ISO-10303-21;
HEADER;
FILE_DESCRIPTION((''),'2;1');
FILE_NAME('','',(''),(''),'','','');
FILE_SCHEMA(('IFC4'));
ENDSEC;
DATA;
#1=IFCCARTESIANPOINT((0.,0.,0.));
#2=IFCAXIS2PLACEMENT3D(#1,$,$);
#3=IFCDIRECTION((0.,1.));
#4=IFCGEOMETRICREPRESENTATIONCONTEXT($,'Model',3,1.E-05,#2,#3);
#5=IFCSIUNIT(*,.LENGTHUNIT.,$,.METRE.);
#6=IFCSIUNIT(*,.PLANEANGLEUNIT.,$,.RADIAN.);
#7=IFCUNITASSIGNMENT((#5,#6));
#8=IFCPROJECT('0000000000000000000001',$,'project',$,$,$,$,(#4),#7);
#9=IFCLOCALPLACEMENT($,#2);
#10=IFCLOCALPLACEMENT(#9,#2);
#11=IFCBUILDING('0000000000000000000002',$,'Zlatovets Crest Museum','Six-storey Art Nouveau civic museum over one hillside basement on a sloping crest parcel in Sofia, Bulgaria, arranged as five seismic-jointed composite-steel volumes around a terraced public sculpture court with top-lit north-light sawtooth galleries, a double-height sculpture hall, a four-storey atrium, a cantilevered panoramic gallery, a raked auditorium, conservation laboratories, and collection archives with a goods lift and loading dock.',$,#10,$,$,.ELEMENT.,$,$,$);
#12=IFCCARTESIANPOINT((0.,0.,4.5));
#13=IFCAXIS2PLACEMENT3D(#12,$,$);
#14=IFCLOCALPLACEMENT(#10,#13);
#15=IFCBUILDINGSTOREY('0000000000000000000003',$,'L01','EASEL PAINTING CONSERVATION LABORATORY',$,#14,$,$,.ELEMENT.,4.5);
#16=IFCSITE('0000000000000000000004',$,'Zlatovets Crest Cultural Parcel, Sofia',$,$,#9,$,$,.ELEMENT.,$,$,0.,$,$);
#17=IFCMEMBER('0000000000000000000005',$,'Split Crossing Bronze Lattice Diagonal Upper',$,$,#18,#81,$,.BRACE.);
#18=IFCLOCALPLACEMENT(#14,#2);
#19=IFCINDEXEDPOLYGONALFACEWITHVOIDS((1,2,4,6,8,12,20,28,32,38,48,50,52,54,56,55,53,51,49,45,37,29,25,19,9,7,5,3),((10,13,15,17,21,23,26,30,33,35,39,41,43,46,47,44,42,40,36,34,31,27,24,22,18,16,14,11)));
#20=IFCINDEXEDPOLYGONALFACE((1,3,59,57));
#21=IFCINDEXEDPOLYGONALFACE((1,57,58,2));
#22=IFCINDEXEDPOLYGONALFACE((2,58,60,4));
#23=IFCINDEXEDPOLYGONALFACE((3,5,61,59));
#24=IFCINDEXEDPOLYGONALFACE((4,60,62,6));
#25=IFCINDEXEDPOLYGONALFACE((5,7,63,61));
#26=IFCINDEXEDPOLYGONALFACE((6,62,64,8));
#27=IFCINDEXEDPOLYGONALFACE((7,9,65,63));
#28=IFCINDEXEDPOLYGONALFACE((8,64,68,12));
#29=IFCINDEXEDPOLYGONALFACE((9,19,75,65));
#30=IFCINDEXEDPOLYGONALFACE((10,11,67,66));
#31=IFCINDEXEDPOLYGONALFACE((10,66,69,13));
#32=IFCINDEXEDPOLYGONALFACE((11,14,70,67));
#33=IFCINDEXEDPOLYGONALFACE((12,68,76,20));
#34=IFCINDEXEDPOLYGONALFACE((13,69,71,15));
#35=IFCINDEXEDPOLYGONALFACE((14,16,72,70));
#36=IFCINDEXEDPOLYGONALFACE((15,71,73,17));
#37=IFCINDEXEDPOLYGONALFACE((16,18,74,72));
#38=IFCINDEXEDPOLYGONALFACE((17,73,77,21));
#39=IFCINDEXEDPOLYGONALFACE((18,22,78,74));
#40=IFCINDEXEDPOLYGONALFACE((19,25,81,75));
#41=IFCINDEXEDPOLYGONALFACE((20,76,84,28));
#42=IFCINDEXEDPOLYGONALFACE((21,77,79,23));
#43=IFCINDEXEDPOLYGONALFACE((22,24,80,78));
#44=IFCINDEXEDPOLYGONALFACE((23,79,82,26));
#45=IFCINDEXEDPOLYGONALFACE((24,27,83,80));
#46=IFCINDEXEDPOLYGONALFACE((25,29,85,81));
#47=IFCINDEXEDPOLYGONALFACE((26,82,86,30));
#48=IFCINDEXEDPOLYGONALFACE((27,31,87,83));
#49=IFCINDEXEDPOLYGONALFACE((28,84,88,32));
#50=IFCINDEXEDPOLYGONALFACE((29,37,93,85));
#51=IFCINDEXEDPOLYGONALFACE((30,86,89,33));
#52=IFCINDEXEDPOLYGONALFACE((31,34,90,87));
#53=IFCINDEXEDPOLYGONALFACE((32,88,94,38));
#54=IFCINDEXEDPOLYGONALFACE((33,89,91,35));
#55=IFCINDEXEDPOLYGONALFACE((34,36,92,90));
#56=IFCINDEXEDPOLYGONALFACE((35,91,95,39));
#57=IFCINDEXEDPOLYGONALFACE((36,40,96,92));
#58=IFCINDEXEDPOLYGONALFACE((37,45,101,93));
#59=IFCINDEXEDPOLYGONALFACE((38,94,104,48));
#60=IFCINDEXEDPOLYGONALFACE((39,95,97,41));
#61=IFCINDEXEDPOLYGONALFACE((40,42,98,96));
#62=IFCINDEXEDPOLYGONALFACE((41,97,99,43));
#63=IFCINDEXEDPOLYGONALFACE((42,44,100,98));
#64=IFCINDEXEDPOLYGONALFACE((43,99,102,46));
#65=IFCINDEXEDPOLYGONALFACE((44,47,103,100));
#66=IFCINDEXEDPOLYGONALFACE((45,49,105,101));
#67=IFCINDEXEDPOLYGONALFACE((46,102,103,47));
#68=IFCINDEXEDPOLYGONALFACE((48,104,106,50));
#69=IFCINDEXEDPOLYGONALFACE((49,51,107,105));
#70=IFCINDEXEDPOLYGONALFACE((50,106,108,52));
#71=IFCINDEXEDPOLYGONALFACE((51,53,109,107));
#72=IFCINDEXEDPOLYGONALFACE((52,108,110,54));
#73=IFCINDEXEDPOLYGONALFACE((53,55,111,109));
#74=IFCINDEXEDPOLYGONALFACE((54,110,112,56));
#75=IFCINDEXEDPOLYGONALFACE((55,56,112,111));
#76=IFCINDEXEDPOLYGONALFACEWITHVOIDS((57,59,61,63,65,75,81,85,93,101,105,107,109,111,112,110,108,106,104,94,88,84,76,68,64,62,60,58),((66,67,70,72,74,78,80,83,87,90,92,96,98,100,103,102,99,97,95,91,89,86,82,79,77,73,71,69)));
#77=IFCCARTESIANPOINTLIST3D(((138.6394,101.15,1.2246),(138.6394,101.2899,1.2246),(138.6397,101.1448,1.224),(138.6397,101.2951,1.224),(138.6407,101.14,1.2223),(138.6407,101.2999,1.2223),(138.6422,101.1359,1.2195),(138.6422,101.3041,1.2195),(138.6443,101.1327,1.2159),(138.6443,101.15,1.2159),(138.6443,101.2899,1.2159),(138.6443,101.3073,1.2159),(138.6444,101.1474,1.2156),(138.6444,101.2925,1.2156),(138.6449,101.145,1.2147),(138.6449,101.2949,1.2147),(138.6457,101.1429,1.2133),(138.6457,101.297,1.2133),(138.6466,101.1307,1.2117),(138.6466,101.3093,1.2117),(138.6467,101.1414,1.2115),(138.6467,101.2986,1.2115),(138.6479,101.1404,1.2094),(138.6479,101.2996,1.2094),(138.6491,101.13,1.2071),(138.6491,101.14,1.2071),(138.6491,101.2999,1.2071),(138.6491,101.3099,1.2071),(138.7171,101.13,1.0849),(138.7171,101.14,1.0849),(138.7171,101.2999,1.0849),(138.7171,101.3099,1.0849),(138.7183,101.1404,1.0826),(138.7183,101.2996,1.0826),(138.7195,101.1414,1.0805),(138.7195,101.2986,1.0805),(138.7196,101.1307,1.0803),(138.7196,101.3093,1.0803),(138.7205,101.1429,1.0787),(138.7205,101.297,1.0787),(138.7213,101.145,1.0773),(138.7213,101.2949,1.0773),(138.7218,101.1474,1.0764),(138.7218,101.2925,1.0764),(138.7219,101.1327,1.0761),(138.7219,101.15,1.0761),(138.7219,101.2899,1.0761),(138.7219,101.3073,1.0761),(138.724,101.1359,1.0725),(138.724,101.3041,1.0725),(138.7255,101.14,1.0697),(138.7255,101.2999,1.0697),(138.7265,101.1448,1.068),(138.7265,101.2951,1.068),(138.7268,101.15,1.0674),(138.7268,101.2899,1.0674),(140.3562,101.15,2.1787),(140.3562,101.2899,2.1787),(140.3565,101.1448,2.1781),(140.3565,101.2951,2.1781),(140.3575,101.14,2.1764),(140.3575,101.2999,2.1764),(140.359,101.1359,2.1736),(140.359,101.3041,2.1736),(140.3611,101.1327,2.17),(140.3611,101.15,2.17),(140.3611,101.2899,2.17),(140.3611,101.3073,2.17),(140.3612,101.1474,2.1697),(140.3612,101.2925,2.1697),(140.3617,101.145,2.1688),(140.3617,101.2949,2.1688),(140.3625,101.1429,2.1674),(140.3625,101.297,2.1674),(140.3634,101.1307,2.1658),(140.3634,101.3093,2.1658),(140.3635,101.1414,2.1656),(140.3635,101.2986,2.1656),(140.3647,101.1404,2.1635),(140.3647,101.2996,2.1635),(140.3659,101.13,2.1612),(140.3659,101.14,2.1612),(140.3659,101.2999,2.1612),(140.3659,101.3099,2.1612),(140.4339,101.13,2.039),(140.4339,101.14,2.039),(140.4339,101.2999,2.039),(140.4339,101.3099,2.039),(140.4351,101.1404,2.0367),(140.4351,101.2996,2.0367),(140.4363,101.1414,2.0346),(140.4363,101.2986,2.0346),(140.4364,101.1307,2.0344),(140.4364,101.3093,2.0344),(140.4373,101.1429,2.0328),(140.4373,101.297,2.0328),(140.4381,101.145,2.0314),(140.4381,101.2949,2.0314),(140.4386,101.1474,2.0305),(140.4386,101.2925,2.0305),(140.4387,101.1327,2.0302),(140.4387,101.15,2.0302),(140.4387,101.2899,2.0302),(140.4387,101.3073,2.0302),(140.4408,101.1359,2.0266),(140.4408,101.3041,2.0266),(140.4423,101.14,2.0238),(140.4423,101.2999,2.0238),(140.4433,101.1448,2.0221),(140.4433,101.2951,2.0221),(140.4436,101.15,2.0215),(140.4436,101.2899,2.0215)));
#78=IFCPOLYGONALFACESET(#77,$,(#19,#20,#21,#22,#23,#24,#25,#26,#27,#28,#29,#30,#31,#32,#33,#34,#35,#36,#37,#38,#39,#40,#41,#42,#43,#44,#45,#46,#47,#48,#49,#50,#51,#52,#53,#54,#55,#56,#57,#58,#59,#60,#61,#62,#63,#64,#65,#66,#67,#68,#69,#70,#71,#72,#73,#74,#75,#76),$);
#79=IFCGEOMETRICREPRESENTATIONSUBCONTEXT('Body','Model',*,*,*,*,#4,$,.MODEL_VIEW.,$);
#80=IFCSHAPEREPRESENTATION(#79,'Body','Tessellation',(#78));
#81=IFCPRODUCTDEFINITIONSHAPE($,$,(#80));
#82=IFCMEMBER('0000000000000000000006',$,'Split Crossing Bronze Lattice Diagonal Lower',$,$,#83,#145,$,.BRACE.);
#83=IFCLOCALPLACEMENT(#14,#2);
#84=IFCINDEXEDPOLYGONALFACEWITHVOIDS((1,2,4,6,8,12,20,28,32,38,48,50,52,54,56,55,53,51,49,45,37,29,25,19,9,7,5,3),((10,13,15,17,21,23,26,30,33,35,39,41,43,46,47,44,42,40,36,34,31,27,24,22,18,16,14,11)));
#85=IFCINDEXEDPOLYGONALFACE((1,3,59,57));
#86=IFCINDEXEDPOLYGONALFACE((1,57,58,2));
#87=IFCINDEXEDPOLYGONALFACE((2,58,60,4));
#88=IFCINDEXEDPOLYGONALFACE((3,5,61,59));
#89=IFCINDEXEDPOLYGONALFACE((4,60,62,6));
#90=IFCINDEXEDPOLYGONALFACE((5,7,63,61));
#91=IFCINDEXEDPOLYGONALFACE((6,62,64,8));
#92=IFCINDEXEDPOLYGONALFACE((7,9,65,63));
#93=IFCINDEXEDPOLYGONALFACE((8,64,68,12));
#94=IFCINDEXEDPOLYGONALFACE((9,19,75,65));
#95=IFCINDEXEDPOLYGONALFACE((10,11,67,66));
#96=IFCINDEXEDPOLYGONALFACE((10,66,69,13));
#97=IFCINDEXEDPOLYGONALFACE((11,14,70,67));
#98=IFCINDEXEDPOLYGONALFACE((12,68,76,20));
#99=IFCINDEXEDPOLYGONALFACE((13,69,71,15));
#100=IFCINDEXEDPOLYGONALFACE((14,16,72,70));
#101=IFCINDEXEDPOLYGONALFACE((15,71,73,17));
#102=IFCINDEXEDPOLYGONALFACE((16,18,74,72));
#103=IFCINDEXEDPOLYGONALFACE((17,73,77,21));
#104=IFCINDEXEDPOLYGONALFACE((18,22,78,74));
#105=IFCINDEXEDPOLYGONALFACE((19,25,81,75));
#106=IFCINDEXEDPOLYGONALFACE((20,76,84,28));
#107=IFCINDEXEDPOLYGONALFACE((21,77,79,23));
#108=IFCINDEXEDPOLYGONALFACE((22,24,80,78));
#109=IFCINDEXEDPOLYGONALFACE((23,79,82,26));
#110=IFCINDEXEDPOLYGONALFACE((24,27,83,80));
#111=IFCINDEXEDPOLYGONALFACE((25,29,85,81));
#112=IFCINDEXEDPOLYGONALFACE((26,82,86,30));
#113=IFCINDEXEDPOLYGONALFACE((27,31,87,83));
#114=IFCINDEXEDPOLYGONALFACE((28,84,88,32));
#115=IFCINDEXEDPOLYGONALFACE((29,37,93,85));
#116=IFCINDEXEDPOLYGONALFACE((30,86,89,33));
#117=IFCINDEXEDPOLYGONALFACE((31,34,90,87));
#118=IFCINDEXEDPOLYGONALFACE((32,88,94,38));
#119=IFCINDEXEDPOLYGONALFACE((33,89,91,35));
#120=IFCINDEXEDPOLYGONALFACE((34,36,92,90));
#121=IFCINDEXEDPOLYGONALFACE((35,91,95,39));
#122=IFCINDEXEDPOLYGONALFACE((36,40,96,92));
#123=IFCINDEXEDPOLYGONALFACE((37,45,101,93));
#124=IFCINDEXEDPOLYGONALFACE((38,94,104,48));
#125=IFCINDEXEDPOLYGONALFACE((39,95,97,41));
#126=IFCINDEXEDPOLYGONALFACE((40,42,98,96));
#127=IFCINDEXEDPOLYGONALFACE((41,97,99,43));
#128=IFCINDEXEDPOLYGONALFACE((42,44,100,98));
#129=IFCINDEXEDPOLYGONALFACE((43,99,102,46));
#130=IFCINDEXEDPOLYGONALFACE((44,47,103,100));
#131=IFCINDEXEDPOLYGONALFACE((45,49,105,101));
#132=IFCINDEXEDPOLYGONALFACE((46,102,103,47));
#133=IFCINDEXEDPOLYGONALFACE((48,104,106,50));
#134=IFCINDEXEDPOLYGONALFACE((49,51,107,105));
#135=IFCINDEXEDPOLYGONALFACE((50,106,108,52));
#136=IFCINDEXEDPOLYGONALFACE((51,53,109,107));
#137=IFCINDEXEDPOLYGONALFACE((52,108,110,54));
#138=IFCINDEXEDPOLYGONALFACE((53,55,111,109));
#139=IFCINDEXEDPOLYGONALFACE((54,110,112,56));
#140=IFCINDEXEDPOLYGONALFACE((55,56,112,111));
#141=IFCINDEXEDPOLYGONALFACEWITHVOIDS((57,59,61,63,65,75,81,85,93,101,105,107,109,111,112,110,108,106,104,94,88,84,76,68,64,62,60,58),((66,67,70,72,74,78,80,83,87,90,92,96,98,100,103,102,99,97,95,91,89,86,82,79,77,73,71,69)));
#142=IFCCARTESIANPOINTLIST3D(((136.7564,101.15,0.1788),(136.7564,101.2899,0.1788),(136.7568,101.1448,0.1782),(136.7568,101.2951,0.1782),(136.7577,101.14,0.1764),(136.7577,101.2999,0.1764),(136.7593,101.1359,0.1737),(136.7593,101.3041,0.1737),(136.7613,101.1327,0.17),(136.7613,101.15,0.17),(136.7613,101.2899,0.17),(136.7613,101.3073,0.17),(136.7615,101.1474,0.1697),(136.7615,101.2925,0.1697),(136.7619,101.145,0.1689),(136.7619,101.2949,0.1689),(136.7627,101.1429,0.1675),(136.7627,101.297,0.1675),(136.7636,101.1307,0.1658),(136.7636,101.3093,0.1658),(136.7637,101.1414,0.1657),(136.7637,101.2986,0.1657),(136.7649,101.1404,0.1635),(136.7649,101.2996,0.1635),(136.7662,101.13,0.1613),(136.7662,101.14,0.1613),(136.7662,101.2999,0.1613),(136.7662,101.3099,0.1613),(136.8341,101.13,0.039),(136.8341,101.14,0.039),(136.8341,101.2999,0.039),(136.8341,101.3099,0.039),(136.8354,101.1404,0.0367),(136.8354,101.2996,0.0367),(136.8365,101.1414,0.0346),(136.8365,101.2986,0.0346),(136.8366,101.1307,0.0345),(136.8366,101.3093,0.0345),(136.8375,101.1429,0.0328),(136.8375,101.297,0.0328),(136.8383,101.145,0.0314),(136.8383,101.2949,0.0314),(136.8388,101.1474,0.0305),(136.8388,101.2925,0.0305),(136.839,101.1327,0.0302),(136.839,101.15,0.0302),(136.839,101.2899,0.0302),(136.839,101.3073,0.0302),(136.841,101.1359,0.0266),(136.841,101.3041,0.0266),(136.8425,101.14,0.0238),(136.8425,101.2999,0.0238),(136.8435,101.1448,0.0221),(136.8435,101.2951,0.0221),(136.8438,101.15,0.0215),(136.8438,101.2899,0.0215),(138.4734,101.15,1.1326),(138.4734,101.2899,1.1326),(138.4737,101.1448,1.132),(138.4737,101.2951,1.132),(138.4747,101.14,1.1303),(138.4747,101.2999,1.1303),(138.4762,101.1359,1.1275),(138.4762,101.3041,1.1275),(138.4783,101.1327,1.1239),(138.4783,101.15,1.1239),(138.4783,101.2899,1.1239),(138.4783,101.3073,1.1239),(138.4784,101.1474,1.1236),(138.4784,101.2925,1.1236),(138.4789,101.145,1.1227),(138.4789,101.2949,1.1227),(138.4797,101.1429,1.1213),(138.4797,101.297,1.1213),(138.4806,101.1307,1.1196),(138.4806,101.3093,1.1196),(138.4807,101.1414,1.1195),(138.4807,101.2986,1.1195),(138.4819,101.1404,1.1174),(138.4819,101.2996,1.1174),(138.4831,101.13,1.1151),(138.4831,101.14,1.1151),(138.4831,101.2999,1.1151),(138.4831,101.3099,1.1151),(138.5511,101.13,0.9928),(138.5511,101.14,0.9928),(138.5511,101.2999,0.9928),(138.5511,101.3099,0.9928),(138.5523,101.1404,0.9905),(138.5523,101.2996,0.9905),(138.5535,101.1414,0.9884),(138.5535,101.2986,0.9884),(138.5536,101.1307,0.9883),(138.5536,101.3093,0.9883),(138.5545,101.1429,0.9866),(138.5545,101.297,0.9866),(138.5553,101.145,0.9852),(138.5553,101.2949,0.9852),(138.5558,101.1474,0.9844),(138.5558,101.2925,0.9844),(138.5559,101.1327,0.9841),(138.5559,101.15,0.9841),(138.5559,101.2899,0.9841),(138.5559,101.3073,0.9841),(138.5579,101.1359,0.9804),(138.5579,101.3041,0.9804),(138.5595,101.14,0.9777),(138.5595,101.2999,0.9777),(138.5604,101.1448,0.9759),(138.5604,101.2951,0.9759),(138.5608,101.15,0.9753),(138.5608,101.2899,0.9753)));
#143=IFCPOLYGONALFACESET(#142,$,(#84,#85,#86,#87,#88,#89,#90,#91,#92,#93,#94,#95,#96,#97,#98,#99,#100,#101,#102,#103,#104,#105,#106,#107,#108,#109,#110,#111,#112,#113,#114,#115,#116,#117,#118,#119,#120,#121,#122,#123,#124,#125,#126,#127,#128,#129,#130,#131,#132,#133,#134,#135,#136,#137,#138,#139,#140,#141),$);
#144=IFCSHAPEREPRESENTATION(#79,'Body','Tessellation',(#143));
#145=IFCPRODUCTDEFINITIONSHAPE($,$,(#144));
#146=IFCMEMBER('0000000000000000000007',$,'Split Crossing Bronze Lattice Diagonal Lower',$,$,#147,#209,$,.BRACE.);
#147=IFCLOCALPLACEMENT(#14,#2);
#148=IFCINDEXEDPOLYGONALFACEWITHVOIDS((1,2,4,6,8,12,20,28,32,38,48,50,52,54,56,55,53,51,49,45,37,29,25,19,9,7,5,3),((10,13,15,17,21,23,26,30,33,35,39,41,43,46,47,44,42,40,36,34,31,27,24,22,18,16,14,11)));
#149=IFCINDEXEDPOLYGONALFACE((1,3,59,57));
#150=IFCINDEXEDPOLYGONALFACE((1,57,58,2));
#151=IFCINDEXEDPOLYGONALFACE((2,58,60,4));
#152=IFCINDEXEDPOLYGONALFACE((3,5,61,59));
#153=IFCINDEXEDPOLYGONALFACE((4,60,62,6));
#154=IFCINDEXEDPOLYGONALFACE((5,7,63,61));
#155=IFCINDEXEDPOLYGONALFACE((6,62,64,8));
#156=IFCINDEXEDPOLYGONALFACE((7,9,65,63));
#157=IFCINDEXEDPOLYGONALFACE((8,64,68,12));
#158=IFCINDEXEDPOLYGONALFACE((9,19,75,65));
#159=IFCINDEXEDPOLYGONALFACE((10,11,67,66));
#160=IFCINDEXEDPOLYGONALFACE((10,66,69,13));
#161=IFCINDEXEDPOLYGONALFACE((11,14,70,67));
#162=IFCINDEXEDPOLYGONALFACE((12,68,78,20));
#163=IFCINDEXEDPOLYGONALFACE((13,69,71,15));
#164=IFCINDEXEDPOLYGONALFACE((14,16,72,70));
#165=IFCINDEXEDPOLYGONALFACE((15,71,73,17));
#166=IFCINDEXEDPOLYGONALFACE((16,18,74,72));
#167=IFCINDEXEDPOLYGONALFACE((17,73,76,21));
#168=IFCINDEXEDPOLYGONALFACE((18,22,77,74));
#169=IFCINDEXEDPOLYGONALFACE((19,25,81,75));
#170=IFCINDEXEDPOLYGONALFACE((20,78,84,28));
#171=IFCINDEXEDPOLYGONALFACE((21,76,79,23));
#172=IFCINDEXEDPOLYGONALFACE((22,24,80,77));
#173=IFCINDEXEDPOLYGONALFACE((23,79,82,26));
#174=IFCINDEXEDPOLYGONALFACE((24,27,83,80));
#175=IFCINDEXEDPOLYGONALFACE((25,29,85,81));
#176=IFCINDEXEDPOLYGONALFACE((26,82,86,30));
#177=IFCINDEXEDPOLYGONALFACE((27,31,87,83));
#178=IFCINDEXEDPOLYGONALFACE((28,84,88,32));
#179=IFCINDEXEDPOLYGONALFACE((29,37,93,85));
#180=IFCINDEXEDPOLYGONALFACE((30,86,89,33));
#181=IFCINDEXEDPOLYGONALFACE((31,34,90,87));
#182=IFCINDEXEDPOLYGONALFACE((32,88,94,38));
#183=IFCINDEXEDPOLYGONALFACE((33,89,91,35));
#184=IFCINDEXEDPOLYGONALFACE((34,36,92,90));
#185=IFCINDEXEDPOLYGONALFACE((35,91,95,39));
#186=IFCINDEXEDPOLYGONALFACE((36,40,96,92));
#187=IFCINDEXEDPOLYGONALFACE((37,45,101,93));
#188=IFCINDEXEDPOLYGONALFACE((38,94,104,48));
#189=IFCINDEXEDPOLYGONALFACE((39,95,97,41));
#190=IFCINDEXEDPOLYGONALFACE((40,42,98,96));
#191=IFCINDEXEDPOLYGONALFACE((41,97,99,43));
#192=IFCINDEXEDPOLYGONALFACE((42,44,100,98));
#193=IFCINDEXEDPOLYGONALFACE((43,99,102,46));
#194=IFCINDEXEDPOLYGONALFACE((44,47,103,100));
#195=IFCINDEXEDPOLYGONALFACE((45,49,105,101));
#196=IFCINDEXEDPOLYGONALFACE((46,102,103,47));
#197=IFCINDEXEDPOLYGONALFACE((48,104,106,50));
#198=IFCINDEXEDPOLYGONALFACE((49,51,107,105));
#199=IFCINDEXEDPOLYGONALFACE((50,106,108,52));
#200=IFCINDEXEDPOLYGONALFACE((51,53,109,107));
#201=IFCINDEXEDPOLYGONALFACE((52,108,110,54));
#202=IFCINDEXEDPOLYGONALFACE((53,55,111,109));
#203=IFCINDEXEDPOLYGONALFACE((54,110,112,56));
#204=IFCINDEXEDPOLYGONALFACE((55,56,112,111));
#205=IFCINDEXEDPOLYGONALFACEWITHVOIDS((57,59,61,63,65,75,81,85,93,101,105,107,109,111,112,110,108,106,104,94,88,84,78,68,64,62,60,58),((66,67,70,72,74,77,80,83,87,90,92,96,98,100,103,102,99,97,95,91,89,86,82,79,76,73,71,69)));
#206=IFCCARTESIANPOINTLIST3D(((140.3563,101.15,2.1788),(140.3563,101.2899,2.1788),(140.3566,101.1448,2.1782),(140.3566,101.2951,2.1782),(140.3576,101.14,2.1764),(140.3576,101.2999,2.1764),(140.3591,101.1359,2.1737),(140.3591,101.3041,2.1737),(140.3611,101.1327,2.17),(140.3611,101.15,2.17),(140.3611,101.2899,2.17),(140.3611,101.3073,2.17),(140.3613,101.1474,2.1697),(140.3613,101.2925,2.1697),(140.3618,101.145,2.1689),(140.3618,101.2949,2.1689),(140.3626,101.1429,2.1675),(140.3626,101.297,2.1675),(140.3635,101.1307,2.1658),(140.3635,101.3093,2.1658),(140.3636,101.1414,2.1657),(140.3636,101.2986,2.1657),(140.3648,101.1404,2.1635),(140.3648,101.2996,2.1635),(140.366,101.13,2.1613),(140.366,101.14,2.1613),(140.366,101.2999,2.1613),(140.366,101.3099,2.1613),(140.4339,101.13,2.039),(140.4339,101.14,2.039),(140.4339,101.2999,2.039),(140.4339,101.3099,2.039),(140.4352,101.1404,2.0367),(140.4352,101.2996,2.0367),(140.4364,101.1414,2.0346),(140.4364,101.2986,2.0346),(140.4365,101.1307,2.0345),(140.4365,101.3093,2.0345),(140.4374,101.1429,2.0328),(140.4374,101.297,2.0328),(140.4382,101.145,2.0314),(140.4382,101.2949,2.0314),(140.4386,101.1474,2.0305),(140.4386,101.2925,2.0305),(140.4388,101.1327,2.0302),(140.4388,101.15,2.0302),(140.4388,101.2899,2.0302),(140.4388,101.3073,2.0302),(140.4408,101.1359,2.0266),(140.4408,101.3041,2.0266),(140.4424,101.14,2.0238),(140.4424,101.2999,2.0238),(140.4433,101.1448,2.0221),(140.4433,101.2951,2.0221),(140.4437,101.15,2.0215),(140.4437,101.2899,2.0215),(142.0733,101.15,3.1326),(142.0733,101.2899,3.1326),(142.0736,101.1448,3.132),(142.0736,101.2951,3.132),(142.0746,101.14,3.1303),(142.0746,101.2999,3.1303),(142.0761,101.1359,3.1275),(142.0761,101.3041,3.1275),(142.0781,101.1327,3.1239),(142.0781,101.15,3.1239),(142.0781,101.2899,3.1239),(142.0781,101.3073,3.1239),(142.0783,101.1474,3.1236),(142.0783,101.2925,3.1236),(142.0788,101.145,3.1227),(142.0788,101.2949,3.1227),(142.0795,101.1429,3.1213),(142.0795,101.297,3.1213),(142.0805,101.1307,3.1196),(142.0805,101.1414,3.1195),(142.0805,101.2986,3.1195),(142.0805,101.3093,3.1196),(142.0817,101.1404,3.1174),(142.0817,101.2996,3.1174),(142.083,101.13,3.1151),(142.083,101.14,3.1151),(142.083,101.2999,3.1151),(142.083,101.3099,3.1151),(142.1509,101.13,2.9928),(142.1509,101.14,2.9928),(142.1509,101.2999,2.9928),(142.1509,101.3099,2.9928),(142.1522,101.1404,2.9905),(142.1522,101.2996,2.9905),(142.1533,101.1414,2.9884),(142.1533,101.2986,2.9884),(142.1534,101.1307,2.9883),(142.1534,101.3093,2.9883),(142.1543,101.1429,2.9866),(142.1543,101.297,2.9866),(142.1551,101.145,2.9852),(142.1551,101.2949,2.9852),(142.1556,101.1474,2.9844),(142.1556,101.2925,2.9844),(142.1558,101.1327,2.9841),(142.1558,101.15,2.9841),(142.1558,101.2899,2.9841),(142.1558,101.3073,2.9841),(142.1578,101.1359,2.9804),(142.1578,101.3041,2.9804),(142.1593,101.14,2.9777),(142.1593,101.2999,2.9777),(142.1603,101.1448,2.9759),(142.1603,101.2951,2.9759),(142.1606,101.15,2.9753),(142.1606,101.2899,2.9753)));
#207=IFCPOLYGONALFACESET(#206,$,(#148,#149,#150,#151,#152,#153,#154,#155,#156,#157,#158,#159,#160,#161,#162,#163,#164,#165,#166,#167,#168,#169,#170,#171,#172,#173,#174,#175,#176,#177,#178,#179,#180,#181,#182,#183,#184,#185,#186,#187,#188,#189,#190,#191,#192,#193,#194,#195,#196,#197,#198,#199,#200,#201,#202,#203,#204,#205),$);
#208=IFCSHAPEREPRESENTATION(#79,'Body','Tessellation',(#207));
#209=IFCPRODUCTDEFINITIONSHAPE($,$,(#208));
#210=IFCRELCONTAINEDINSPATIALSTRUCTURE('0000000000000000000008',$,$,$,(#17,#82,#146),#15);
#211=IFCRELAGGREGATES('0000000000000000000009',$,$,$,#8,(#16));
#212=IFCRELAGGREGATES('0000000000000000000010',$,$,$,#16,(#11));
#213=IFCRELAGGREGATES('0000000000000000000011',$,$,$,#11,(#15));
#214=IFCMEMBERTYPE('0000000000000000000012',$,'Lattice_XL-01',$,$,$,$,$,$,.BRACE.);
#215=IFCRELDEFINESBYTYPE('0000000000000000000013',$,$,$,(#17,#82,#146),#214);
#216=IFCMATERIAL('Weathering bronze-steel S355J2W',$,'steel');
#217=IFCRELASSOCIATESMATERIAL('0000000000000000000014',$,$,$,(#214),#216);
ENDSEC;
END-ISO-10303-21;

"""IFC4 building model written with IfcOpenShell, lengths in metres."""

from ifc_helpers import new_model, si_unit, direction, frame, origin, origin_2d, place, context, subcontext, project, spatial, hollow_rectangle, extrude, material, material_profile, profile_set, type_object, element, save


model = new_model("IFC4")

# Units and contexts
model_context = context("Model", 3, precision=1e-05, world=origin(), true_north=direction((0.0, 1.0)))
body_context = subcontext(model_context, "Body", "Model", "MODEL_VIEW")
ifc_project = project(units=[si_unit("LENGTHUNIT", "METRE"), si_unit("PLANEANGLEUNIT", "RADIAN")], contexts=[model_context])

# Site, building, storey
site_placement = place(None, origin())
site = spatial("IfcSite", under=ifc_project, at=site_placement, Name="Zlatovets Crest Cultural Parcel, Sofia", CompositionType="ELEMENT", RefElevation=0.0)
building_placement = place(site_placement, origin())
building = spatial("IfcBuilding", under=site, at=building_placement, Name="Zlatovets Crest Museum", Description="Six-storey Art Nouveau civic museum over one hillside basement on a sloping crest parcel in Sofia, Bulgaria, arranged as five seismic-jointed composite-steel volumes around a terraced public sculpture court with top-lit north-light sawtooth galleries, a double-height sculpture hall, a four-storey atrium, a cantilevered panoramic gallery, a raked auditorium, conservation laboratories, and collection archives with a goods lift and loading dock.", CompositionType="ELEMENT")
storey_placement = place(building_placement, frame((0.0, 0.0, 4.5)))
storey = spatial("IfcBuildingStorey", under=building, at=storey_placement, Name="L01", Description="EASEL PAINTING CONSERVATION LABORATORY", CompositionType="ELEMENT", Elevation=4.5)

# Members
ifc_material_1 = material(Name="Weathering bronze-steel S355J2W", Category="steel")
ifc_material_profile_1 = material_profile(ifc_material_1, hollow_rectangle(XDim=0.1799, YDim=0.1799, WallThickness=0.01, InnerFilletRadius=0.01, OuterFilletRadius=0.02, at=origin_2d()), Name="SHS 180x180x10.0")
ifc_profile_set_1 = profile_set([ifc_material_profile_1], Name="Weathering bronze-steel S355J2W")
member_type_1 = type_object("IfcMemberType", Name="Lattice_XL-01", PredefinedType="BRACE", material=ifc_profile_set_1)
for number, where, z_axis, x_axis, name in (
    (1, (140.3999, 101.22, 2.1001), (-0.874087, 0.0, -0.48577), (0.0, -1.0, 0.0), "Split Crossing Bronze Lattice Diagonal Upper"),
    (2, (138.5171, 101.22, 1.054), (-0.874169, 0.0, -0.485622), (0.0, -1.0, 0.0), "Split Crossing Bronze Lattice Diagonal Lower"),
    (3, (142.1169, 101.22, 3.054), (-0.874169, 0.0, -0.485622), (0.0, -1.0, 0.0), "Split Crossing Bronze Lattice Diagonal Lower"),
):
    element("IfcMember", number, at=place(storey_placement, frame(where, z_axis=z_axis, x_axis=x_axis)), inside=storey, type_object=member_type_1, Name=name, PredefinedType="BRACE", context=body_context, shape_type="SweptSolid", body=[
        extrude(hollow_rectangle(XDim=0.1799, YDim=0.1799, WallThickness=0.01, InnerFilletRadius=0.01, OuterFilletRadius=0.02, at=origin_2d()), origin(), (0.0, 0.0, 1.0), 1.9641),
    ])

save(model, "model.ifc")
